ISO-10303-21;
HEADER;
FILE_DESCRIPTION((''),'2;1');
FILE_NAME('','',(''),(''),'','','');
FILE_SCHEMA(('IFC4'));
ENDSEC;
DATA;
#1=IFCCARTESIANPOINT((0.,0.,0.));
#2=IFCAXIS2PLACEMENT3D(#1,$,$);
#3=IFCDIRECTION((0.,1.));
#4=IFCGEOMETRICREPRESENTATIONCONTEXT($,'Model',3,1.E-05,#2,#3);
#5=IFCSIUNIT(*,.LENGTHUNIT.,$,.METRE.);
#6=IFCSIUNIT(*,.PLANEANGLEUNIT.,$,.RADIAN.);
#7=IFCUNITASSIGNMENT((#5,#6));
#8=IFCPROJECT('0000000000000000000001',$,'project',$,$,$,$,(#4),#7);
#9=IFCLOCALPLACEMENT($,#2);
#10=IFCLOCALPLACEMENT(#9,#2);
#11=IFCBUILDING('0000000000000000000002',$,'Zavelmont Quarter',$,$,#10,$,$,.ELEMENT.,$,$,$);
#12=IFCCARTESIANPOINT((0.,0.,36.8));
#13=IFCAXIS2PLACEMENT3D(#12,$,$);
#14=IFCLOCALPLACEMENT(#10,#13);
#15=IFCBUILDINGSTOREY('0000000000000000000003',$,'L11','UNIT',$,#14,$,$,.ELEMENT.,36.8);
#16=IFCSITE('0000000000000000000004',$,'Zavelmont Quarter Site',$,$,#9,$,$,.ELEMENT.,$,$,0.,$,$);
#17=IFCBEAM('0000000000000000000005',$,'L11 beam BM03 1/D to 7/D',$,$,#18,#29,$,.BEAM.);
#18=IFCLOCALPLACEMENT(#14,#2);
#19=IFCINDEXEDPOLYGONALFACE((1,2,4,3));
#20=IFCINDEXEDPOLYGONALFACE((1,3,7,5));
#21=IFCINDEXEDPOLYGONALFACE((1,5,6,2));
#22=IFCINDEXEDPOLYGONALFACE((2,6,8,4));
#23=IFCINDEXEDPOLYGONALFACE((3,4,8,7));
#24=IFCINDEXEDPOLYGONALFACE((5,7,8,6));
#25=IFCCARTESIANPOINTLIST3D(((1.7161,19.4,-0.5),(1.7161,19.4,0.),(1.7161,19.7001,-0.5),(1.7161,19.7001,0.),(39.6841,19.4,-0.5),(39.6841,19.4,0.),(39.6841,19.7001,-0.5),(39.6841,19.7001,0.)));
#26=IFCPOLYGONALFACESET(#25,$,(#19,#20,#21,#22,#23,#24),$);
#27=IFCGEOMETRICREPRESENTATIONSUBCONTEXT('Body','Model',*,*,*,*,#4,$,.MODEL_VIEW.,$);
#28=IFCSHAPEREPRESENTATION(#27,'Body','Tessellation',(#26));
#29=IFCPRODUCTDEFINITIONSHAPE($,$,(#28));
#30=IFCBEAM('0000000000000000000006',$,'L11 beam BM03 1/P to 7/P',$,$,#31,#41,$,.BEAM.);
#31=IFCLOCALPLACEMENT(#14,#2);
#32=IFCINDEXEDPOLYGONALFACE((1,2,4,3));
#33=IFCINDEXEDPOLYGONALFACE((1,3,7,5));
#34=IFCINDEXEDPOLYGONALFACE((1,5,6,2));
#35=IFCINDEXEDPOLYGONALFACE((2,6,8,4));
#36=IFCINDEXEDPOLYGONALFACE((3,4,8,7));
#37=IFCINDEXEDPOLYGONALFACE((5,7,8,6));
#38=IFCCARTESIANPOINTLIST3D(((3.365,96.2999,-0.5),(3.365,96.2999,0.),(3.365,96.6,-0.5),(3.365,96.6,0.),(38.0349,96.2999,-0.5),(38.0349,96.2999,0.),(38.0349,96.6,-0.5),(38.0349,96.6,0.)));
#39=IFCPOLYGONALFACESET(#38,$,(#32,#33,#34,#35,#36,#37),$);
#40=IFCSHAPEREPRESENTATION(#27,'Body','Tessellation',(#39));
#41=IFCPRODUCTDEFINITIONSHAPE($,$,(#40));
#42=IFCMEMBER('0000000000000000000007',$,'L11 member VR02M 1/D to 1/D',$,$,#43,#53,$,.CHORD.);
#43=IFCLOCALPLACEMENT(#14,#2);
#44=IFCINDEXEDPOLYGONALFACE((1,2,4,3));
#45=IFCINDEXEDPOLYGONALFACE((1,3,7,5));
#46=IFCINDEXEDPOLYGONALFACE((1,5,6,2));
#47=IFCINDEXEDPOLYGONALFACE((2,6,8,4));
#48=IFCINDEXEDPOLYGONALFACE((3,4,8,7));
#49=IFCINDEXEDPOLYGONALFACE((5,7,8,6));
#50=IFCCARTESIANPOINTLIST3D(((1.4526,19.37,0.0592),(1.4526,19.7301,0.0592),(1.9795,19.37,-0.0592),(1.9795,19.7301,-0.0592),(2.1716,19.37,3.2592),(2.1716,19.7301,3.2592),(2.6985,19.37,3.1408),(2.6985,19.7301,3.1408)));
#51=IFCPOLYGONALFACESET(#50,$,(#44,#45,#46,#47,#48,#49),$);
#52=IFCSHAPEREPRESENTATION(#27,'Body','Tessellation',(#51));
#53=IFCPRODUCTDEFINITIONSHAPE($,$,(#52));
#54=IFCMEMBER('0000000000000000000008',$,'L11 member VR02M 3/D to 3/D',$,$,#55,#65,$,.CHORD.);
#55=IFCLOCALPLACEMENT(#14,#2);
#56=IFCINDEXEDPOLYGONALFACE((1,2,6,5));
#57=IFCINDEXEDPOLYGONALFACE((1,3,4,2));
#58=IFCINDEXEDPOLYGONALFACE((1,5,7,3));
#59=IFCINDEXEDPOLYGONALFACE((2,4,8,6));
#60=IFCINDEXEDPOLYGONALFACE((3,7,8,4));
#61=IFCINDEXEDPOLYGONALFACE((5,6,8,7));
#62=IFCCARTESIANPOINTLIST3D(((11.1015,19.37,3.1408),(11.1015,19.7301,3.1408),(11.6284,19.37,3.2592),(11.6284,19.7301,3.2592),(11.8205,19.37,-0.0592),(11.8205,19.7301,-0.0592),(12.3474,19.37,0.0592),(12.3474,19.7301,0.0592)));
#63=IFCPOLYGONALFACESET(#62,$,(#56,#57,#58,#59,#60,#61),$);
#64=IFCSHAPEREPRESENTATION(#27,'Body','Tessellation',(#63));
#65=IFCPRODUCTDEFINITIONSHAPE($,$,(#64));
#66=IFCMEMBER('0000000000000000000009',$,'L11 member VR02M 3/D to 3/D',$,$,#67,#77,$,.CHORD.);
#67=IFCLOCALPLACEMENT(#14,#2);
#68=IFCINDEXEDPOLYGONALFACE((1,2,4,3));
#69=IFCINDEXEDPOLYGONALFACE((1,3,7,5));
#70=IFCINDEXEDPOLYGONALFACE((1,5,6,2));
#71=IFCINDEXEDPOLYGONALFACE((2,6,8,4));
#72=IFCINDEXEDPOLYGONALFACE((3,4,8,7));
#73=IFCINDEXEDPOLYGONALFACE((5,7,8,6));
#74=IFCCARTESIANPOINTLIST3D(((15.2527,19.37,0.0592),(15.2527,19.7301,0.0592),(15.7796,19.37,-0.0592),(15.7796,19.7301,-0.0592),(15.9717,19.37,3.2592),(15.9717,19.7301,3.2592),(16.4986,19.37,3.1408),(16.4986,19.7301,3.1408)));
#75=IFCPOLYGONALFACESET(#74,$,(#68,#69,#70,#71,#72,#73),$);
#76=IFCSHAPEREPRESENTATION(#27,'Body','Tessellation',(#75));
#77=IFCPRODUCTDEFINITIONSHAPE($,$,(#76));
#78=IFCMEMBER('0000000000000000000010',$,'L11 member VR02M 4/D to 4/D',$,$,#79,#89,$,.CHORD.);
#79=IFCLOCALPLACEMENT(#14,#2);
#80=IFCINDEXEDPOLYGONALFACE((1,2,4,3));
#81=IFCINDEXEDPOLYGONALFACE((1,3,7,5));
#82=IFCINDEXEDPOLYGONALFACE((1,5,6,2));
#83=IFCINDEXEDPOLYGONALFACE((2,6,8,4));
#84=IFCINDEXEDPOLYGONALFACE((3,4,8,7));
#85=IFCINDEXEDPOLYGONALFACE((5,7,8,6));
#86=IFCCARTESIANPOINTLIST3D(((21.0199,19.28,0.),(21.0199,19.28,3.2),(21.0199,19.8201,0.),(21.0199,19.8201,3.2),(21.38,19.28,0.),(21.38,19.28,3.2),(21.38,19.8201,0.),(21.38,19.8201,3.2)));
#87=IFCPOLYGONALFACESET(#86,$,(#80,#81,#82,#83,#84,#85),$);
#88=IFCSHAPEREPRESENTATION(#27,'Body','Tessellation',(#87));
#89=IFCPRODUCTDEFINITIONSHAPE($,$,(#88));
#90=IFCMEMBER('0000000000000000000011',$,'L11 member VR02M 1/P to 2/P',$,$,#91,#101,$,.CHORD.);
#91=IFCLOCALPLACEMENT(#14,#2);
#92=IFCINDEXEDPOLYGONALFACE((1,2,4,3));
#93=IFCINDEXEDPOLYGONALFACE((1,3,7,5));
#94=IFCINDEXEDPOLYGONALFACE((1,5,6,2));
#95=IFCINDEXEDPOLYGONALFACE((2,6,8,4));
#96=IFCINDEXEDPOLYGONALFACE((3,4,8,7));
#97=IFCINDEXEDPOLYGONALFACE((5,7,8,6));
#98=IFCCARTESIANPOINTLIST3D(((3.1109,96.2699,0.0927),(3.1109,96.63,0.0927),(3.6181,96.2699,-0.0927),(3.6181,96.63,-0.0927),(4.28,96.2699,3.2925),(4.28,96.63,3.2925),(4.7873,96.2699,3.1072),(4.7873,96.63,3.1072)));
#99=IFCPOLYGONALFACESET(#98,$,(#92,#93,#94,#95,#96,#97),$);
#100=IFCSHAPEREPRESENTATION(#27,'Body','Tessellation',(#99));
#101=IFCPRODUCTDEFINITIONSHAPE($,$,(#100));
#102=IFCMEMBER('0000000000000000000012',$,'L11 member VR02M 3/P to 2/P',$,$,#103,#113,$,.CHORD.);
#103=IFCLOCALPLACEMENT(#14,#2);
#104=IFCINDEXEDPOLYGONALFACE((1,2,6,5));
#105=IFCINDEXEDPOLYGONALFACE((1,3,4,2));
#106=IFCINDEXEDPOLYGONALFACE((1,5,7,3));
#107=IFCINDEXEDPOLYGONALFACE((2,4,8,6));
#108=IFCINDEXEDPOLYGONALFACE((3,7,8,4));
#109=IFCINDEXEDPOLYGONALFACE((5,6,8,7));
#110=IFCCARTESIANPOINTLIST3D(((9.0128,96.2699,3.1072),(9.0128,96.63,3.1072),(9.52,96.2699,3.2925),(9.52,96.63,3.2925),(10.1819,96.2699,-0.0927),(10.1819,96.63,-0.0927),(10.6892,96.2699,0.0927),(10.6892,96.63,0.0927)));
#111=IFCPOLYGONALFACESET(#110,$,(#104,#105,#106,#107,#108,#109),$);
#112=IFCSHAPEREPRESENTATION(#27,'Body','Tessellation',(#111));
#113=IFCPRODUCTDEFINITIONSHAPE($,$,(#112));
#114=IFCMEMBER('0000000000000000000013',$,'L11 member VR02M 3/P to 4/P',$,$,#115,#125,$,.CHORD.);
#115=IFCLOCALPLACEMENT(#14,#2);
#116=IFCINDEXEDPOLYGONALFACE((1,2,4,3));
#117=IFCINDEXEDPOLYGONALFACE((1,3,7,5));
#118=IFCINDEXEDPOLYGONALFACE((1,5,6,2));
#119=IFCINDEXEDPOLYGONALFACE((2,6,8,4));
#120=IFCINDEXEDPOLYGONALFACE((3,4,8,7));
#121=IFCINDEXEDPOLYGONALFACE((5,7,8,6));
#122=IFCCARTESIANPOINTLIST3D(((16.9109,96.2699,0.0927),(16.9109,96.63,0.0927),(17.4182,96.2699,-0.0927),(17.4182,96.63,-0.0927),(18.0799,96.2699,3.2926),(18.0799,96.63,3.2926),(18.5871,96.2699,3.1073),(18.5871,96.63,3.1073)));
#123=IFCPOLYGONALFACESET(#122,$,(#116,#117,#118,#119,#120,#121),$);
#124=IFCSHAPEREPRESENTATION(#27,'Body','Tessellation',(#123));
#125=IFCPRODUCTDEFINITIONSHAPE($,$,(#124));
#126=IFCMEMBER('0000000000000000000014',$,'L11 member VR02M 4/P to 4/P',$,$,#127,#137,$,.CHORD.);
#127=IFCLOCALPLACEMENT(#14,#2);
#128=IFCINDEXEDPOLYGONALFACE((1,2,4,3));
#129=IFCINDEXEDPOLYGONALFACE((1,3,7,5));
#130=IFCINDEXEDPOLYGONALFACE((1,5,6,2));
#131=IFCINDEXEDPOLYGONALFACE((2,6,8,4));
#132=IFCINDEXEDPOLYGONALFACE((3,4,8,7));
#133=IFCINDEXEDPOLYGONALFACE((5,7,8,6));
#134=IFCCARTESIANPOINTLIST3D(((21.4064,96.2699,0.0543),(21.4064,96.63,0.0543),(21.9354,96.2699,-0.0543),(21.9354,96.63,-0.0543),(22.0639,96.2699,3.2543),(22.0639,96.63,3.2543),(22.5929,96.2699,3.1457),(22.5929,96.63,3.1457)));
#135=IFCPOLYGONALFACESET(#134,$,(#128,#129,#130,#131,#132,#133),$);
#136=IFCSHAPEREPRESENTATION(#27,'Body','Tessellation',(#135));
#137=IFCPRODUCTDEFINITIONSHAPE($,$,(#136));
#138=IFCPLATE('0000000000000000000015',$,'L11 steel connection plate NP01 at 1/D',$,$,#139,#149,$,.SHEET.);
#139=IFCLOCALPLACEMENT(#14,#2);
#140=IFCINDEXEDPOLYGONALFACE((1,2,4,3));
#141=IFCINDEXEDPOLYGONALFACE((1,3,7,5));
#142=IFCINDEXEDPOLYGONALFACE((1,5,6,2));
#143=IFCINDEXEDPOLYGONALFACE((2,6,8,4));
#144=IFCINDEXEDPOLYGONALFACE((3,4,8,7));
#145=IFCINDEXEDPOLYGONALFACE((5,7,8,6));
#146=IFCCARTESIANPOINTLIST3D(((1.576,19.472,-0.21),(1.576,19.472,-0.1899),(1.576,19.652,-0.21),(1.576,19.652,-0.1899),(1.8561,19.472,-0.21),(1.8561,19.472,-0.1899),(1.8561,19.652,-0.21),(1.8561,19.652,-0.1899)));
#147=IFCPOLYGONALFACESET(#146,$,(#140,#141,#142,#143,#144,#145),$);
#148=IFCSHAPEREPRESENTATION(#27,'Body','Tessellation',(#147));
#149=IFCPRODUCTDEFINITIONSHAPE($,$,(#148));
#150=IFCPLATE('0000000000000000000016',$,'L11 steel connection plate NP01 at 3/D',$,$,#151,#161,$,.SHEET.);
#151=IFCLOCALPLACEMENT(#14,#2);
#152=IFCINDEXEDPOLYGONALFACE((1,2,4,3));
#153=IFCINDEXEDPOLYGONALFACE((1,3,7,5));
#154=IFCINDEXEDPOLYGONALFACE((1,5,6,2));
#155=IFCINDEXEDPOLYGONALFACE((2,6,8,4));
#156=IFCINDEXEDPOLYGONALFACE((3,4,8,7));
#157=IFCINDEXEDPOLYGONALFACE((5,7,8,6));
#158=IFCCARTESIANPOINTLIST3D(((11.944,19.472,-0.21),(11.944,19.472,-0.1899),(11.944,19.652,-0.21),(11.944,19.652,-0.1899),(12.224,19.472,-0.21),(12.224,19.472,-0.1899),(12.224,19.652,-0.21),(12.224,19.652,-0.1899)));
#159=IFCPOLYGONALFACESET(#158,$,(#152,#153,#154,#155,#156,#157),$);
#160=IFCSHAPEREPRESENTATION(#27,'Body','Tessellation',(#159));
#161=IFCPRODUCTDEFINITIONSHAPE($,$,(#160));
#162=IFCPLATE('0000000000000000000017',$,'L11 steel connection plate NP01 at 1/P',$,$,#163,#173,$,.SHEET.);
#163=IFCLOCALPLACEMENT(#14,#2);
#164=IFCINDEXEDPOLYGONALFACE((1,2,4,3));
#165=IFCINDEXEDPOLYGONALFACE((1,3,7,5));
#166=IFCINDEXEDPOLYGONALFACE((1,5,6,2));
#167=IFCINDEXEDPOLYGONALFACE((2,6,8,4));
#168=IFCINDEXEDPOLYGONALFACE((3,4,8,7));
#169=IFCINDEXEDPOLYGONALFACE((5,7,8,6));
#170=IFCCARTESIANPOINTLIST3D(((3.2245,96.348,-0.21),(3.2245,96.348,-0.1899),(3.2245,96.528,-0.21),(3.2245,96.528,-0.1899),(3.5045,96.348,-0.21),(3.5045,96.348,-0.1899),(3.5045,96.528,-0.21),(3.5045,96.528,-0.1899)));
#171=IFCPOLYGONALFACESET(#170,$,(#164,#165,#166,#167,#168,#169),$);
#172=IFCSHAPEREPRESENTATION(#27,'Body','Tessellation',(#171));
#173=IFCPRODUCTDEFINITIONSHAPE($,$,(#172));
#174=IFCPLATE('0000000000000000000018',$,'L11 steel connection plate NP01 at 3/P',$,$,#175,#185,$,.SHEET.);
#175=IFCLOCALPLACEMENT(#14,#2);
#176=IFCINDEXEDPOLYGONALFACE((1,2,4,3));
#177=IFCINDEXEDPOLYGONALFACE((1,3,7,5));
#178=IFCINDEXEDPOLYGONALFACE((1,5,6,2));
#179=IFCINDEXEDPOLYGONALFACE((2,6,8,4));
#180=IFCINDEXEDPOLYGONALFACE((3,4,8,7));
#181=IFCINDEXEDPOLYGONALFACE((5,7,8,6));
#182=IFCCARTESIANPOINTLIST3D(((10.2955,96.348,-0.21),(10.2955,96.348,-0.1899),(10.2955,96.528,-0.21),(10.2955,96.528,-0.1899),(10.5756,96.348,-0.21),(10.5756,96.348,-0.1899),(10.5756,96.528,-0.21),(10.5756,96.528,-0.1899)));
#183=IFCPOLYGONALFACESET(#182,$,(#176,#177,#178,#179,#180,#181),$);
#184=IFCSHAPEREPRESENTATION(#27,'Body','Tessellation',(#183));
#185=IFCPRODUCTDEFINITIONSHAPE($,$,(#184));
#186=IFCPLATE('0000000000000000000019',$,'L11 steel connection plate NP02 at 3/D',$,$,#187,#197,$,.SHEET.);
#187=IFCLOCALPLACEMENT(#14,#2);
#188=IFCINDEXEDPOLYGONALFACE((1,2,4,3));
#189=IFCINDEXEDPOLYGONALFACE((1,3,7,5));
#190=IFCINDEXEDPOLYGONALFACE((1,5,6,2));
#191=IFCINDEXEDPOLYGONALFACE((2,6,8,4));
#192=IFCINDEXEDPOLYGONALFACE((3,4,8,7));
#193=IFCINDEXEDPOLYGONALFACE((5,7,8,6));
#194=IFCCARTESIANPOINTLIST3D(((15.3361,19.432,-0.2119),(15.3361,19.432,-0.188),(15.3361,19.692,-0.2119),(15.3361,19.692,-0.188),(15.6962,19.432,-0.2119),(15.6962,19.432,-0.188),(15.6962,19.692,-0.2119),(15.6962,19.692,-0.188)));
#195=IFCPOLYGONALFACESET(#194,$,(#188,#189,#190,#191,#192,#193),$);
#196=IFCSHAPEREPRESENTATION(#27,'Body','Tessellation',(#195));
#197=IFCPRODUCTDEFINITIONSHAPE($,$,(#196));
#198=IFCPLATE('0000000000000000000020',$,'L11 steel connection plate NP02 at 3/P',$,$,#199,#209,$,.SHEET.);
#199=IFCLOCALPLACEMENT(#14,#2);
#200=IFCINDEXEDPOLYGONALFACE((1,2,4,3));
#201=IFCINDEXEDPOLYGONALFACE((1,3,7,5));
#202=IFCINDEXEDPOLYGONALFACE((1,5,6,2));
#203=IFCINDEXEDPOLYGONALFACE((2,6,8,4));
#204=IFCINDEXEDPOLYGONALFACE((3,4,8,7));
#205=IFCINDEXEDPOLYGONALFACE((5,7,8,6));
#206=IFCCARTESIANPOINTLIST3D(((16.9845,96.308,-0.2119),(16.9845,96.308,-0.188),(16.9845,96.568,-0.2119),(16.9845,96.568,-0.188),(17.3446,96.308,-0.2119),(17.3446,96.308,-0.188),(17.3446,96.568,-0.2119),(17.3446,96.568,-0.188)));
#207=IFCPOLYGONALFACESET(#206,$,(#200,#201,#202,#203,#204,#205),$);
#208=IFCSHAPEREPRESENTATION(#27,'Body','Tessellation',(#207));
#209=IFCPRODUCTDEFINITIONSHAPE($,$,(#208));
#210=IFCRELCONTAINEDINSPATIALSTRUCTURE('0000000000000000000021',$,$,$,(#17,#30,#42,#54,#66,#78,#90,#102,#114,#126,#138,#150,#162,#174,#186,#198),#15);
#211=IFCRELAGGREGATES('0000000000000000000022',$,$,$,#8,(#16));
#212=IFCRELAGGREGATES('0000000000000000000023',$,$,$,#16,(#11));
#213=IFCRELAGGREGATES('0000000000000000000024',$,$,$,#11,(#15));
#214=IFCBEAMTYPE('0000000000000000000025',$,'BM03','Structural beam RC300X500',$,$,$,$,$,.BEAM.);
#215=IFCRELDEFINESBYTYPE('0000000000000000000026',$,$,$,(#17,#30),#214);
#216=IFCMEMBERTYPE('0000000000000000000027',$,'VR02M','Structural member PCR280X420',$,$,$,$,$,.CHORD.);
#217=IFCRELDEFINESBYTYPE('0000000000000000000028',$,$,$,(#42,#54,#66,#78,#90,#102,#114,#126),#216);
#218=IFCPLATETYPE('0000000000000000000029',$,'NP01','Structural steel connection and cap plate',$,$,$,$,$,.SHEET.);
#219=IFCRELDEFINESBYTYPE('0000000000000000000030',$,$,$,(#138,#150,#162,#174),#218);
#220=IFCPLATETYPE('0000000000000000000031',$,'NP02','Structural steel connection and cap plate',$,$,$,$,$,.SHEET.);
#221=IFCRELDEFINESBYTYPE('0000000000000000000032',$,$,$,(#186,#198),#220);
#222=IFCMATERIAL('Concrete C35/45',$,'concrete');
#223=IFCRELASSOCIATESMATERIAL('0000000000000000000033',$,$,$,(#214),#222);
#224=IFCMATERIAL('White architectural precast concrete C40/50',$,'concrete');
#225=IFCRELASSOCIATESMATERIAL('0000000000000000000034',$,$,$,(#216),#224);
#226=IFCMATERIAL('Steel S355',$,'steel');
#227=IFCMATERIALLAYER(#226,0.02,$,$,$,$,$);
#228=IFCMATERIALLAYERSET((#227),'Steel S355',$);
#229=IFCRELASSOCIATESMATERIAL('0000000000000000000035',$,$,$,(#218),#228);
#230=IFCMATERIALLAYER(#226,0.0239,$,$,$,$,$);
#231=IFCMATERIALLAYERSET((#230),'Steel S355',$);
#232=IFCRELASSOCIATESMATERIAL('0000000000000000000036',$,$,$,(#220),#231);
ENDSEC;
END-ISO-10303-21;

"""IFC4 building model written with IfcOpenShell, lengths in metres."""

from ifc_helpers import new_model, si_unit, direction, frame, origin, origin_2d, place, context, subcontext, project, spatial, rectangle, extrude, material, layer, layer_set, material_profile, profile_set, type_object, element, save


model = new_model("IFC4")

# Units and contexts
model_context = context("Model", 3, precision=1e-05, world=origin(), true_north=direction((0.0, 1.0)))
body_context = subcontext(model_context, "Body", "Model", "MODEL_VIEW")
ifc_project = project(units=[si_unit("LENGTHUNIT", "METRE"), si_unit("PLANEANGLEUNIT", "RADIAN")], contexts=[model_context])

# Site, building, storey
site_placement = place(None, origin())
site = spatial("IfcSite", under=ifc_project, at=site_placement, Name="Zavelmont Quarter Site", CompositionType="ELEMENT", RefElevation=0.0)
building_placement = place(site_placement, origin())
building = spatial("IfcBuilding", under=site, at=building_placement, Name="Zavelmont Quarter", CompositionType="ELEMENT")
storey_placement = place(building_placement, frame((0.0, 0.0, 36.8)))
storey = spatial("IfcBuildingStorey", under=building, at=storey_placement, Name="L11", Description="UNIT", CompositionType="ELEMENT", Elevation=36.8)

# Beams
ifc_material_1 = material(Name="Concrete C35/45", Category="concrete")
ifc_material_profile_1 = material_profile(ifc_material_1, rectangle(XDim=0.3, YDim=0.5, at=origin_2d()), Name="RC300X500")
ifc_profile_set_1 = profile_set([ifc_material_profile_1], Name="Concrete C35/45")
beam_type = type_object("IfcBeamType", Name="BM03", Description="Structural beam RC300X500", PredefinedType="BEAM", material=ifc_profile_set_1)
beam_1_placement = place(storey_placement, frame((1.7161, 19.55, -0.25), z_axis=(1.0, 0.0, 0.0), x_axis=(0.0, 1.0, 0.0)))
element("IfcBeam", 1, at=beam_1_placement, inside=storey, type_object=beam_type, Name="L11 beam BM03 1/D to 7/D", PredefinedType="BEAM", context=body_context, shape_type="SweptSolid", body=[
    extrude(rectangle(XDim=0.3, YDim=0.5, at=origin_2d()), origin(), (0.0, 0.0, 1.0), 37.968),
])
beam_2_placement = place(storey_placement, frame((3.365, 96.45, -0.25), z_axis=(1.0, 0.0, 0.0), x_axis=(0.0, 1.0, 0.0)))
element("IfcBeam", 2, at=beam_2_placement, inside=storey, type_object=beam_type, Name="L11 beam BM03 1/P to 7/P", PredefinedType="BEAM", context=body_context, shape_type="SweptSolid", body=[
    extrude(rectangle(XDim=0.3, YDim=0.5, at=origin_2d()), origin(), (0.0, 0.0, 1.0), 34.6699),
])

# Members
ifc_material_2 = material(Name="White architectural precast concrete C40/50", Category="concrete")
ifc_material_profile_2 = material_profile(ifc_material_2, rectangle(XDim=0.3601, YDim=0.54, at=origin_2d()), Name="PCR280X420")
ifc_profile_set_2 = profile_set([ifc_material_profile_2], Name="White architectural precast concrete C40/50")
member_type = type_object("IfcMemberType", Name="VR02M", Description="Structural member PCR280X420", PredefinedType="CHORD", material=ifc_profile_set_2)
for number, where, z_axis, x_axis, name in (
    (3, (1.7161, 19.55, 0.0), (0.219223, 0.0, 0.975675), (0.0, 1.0, 0.0), "L11 member VR02M 1/D to 1/D"),
    (4, (12.084, 19.55, 0.0), (-0.219223, 0.0, 0.975675), (0.0, -1.0, 0.0), "L11 member VR02M 3/D to 3/D"),
    (5, (15.5161, 19.55, 0.0), (0.219223, 0.0, 0.975675), (0.0, 1.0, 0.0), "L11 member VR02M 3/D to 3/D"),
):
    element("IfcMember", number, at=place(storey_placement, frame(where, z_axis=z_axis, x_axis=x_axis)), inside=storey, type_object=member_type, Name=name, PredefinedType="CHORD", context=body_context, shape_type="SweptSolid", body=[
        extrude(rectangle(XDim=0.3601, YDim=0.54, at=origin_2d()), origin(), (0.0, 0.0, 1.0), 3.2798),
    ])
member_1_placement = place(storey_placement, frame((21.2, 19.55, 0.0), z_axis=(0.0, 0.0, 1.0), x_axis=(1.0, 0.0, 0.0)))
element("IfcMember", 6, at=member_1_placement, inside=storey, type_object=member_type, Name="L11 member VR02M 4/D to 4/D", PredefinedType="CHORD", context=body_context, shape_type="SweptSolid", body=[
    extrude(rectangle(XDim=0.3601, YDim=0.54, at=origin_2d()), origin(), (0.0, 0.0, 1.0), 3.2),
])
for number, where, z_axis, x_axis, name in (
    (7, (3.3645, 96.45, 0.0), (0.343187, 0.0, 0.939267), (0.0, 1.0, 0.0), "L11 member VR02M 1/P to 2/P"),
    (8, (10.4355, 96.45, 0.0), (-0.343187, 0.0, 0.939267), (0.0, -1.0, 0.0), "L11 member VR02M 3/P to 2/P"),
    (9, (17.1646, 96.45, 0.0), (0.343124, 0.0, 0.93929), (0.0, 1.0, 0.0), "L11 member VR02M 3/P to 4/P"),
):
    element("IfcMember", number, at=place(storey_placement, frame(where, z_axis=z_axis, x_axis=x_axis)), inside=storey, type_object=member_type, Name=name, PredefinedType="CHORD", context=body_context, shape_type="SweptSolid", body=[
        extrude(rectangle(XDim=0.3601, YDim=0.54, at=origin_2d()), origin(), (0.0, 0.0, 1.0), 3.4067),
    ])
member_2_placement = place(storey_placement, frame((21.6709, 96.45, 0.0), z_axis=(0.201259, 0.0, 0.979538), x_axis=(0.0, 1.0, 0.0)))
element("IfcMember", 10, at=member_2_placement, inside=storey, type_object=member_type, Name="L11 member VR02M 4/P to 4/P", PredefinedType="CHORD", context=body_context, shape_type="SweptSolid", body=[
    extrude(rectangle(XDim=0.3601, YDim=0.54, at=origin_2d()), origin(), (0.0, 0.0, 1.0), 3.2668),
])

# Plates
ifc_material_3 = material(Name="Steel S355", Category="steel")
ifc_layer_1 = layer(ifc_material_3, 0.02)
ifc_layer_set_1 = layer_set([ifc_layer_1], Name="Steel S355")
plate_type_1 = type_object("IfcPlateType", Name="NP01", Description="Structural steel connection and cap plate", PredefinedType="SHEET", material=ifc_layer_set_1)
for number, where, z_axis, x_axis, name in (
    (11, (1.7161, 19.562, -0.21), (0.0, 0.0, 1.0), (1.0, 0.0, 0.0), "L11 steel connection plate NP01 at 1/D"),
    (12, (12.084, 19.562, -0.21), (0.0, 0.0, 1.0), (1.0, 0.0, 0.0), "L11 steel connection plate NP01 at 3/D"),
    (13, (3.3645, 96.438, -0.21), (0.0, 0.0, 1.0), (1.0, 0.0, 0.0), "L11 steel connection plate NP01 at 1/P"),
    (14, (10.4355, 96.438, -0.21), (0.0, 0.0, 1.0), (1.0, 0.0, 0.0), "L11 steel connection plate NP01 at 3/P"),
):
    element("IfcPlate", number, at=place(storey_placement, frame(where, z_axis=z_axis, x_axis=x_axis)), inside=storey, type_object=plate_type_1, Name=name, PredefinedType="SHEET", context=body_context, shape_type="SweptSolid", body=[
        extrude(rectangle(XDim=0.28, YDim=0.1799, at=origin_2d()), origin(), (0.0, 0.0, 1.0), 0.02),
    ])
ifc_layer_2 = layer(ifc_material_3, 0.0239)
ifc_layer_set_2 = layer_set([ifc_layer_2], Name="Steel S355")
plate_type_2 = type_object("IfcPlateType", Name="NP02", Description="Structural steel connection and cap plate", PredefinedType="SHEET", material=ifc_layer_set_2)
for number, where, z_axis, x_axis, name in (
    (15, (15.5161, 19.562, -0.2119), (0.0, 0.0, 1.0), (1.0, 0.0, 0.0), "L11 steel connection plate NP02 at 3/D"),
    (16, (17.1646, 96.438, -0.2119), (0.0, 0.0, 1.0), (1.0, 0.0, 0.0), "L11 steel connection plate NP02 at 3/P"),
):
    element("IfcPlate", number, at=place(storey_placement, frame(where, z_axis=z_axis, x_axis=x_axis)), inside=storey, type_object=plate_type_2, Name=name, PredefinedType="SHEET", context=body_context, shape_type="SweptSolid", body=[
        extrude(rectangle(XDim=0.3601, YDim=0.26, at=origin_2d()), origin(), (0.0, 0.0, 1.0), 0.0239),
    ])

save(model, "model.ifc")
